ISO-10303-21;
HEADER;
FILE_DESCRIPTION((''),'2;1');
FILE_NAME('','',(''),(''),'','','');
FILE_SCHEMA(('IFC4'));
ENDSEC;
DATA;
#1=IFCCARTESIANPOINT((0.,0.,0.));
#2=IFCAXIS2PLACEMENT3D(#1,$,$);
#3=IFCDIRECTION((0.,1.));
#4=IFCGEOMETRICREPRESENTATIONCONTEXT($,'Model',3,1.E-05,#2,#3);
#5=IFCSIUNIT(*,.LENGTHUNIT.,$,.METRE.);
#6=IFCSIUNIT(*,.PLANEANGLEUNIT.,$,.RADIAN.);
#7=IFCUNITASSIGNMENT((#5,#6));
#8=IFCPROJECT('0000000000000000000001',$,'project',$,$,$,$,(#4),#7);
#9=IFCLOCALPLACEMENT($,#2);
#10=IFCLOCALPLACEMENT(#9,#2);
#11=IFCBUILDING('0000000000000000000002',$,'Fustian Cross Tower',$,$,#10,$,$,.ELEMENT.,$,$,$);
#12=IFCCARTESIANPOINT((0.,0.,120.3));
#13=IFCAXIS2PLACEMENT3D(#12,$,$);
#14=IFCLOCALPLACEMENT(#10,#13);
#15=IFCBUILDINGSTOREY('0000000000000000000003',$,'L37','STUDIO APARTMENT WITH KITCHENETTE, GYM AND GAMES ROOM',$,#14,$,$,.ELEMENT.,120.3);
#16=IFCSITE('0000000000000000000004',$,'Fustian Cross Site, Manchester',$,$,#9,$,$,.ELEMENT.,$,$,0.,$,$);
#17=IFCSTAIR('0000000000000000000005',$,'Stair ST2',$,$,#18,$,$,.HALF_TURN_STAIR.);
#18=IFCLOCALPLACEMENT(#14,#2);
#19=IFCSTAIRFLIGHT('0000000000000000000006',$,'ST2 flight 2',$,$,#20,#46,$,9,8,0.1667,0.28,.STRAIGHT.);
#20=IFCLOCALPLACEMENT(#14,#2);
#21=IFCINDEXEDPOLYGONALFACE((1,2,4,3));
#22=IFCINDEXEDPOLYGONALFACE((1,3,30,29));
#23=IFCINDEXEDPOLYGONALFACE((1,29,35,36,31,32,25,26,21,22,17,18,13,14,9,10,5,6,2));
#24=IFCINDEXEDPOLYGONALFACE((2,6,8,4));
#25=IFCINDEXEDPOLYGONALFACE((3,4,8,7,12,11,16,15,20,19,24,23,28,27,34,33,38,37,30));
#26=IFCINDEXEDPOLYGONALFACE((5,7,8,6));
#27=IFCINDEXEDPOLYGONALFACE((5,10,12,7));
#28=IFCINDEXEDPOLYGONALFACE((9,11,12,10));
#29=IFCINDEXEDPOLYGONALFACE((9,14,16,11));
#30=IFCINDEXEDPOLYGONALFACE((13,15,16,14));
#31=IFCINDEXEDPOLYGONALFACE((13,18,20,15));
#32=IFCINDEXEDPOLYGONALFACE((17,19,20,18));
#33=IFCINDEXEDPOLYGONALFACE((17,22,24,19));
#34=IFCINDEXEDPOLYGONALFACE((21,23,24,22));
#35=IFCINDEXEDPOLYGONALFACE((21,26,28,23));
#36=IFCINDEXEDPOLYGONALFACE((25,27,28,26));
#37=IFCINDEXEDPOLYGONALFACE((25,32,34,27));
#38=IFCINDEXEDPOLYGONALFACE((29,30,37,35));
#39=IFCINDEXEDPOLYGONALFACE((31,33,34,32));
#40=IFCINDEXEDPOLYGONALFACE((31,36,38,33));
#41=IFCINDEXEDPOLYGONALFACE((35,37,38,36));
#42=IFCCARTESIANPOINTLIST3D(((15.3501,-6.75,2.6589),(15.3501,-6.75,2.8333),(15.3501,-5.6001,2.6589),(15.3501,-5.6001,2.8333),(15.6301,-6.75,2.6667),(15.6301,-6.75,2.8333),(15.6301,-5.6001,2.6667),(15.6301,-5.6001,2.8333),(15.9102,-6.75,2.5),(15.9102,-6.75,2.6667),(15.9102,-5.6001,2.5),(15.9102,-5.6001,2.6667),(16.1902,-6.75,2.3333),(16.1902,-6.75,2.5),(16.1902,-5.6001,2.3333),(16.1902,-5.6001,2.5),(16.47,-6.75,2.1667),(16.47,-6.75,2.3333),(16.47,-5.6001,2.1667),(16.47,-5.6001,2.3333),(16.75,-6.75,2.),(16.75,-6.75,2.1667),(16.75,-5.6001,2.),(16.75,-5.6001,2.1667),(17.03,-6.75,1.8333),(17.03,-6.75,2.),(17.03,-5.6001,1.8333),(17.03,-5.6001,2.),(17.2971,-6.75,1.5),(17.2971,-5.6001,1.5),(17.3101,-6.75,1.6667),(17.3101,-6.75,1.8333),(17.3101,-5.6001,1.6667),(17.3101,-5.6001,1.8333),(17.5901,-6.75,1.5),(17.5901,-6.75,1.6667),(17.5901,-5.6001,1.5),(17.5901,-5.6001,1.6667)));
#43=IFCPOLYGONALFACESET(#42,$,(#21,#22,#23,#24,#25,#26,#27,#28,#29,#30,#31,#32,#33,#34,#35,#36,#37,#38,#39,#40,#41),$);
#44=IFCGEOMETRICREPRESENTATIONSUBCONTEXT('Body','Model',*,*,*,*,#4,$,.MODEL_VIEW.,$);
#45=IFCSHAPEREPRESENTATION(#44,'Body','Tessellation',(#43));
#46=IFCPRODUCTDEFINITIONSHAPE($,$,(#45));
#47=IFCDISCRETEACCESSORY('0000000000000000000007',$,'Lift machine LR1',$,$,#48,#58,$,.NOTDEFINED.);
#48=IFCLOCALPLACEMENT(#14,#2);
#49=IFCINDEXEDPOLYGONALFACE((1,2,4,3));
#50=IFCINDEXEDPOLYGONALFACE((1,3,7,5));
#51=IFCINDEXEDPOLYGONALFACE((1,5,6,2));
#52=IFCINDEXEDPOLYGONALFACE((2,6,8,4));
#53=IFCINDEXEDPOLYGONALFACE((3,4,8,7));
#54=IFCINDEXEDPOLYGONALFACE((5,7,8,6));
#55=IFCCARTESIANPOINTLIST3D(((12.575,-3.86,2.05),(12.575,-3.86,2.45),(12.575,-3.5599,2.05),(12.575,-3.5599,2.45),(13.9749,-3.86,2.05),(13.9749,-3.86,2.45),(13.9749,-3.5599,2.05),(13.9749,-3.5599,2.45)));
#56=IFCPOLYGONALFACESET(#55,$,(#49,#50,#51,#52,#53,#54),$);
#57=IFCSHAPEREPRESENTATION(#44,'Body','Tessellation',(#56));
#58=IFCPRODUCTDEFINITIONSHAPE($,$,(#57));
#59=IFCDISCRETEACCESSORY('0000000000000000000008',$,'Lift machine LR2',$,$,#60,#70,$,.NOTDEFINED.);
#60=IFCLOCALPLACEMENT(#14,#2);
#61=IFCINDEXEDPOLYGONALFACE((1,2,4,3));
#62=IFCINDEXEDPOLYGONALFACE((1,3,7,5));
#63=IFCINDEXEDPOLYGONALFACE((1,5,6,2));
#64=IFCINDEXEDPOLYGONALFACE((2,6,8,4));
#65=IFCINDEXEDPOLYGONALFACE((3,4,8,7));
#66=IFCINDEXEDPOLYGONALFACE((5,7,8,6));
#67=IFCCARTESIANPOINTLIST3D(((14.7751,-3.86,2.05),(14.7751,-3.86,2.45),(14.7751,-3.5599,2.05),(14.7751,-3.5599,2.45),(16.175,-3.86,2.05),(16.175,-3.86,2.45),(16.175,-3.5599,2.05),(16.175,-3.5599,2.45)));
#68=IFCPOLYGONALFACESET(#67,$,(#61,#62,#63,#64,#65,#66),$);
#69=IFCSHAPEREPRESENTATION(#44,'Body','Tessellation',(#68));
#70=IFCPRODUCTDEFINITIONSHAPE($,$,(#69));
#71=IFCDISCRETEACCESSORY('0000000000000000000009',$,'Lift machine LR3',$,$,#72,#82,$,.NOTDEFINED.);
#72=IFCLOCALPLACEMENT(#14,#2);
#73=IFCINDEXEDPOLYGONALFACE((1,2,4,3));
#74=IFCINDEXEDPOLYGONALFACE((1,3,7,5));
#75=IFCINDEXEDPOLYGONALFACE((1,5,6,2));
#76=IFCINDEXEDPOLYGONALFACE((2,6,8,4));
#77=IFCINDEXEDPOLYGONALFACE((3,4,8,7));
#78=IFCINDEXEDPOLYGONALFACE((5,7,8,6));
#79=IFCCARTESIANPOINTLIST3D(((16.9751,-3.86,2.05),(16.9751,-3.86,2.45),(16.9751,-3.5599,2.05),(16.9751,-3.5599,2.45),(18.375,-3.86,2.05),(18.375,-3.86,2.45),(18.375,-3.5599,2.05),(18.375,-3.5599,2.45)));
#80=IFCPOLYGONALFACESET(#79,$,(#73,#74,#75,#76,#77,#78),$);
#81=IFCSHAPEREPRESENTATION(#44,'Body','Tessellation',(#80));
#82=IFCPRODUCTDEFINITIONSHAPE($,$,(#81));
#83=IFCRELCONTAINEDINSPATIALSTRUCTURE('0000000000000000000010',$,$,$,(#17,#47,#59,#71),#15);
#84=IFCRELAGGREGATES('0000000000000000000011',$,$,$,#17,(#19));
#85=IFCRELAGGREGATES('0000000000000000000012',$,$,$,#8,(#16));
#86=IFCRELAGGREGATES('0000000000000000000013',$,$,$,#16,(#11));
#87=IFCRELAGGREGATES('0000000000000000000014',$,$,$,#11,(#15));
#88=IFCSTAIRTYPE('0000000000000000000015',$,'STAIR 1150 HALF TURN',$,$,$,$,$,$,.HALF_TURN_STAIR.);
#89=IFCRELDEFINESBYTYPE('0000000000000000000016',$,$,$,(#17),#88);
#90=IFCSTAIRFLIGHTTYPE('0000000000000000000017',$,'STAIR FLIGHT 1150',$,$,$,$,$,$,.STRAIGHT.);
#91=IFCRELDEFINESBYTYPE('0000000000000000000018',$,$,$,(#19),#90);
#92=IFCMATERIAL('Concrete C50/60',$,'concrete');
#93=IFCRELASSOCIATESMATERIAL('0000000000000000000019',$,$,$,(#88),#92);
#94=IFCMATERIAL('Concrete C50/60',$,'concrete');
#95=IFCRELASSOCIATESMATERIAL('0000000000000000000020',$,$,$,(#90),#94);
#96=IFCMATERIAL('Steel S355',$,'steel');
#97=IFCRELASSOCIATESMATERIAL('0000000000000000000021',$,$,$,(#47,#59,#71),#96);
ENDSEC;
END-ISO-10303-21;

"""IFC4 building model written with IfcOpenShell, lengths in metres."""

from ifc_helpers import new_model, si_unit, direction, frame, origin, origin_2d, place, context, subcontext, project, spatial, polyline, rectangle, outline, extrude, material, type_object, element, aggregate, save


model = new_model("IFC4")

# Units and contexts
model_context = context("Model", 3, precision=1e-05, world=origin(), true_north=direction((0.0, 1.0)))
body_context = subcontext(model_context, "Body", "Model", "MODEL_VIEW")
ifc_project = project(units=[si_unit("LENGTHUNIT", "METRE"), si_unit("PLANEANGLEUNIT", "RADIAN")], contexts=[model_context])

# Site, building, storey
site_placement = place(None, origin())
site = spatial("IfcSite", under=ifc_project, at=site_placement, Name="Fustian Cross Site, Manchester", CompositionType="ELEMENT", RefElevation=0.0)
building_placement = place(site_placement, origin())
building = spatial("IfcBuilding", under=site, at=building_placement, Name="Fustian Cross Tower", CompositionType="ELEMENT")
storey_placement = place(building_placement, frame((0.0, 0.0, 120.3)))
storey = spatial("IfcBuildingStorey", under=building, at=storey_placement, Name="L37", Description="STUDIO APARTMENT WITH KITCHENETTE, GYM AND GAMES ROOM", CompositionType="ELEMENT", Elevation=120.3)

# Stair, stair flight
ifc_material_1 = material(Name="Concrete C50/60", Category="concrete")
stair_type = type_object("IfcStairType", Name="STAIR 1150 HALF TURN", PredefinedType="HALF_TURN_STAIR", material=ifc_material_1)
ifc_material_2 = material(Name="Concrete C50/60", Category="concrete")
stair_flight_type = type_object("IfcStairFlightType", Name="STAIR FLIGHT 1150", PredefinedType="STRAIGHT", material=ifc_material_2)
stair_1_placement = place(storey_placement, origin())
stair_1 = element("IfcStair", 1, at=stair_1_placement, inside=storey, type_object=stair_type, Name="Stair ST2", PredefinedType="HALF_TURN_STAIR")
stair_flight_1_placement = place(storey_placement, frame((17.5901, -6.175, 1.5), z_axis=(0.0, 0.0, 1.0), x_axis=(-1.0, 0.0, 0.0)))
stair_flight_1 = element("IfcStairFlight", 2, at=stair_flight_1_placement, type_object=stair_flight_type, Name="ST2 flight 2", NumberOfRisers=9, NumberOfTreads=8, PredefinedType="STRAIGHT", RiserHeight=0.1667, TreadLength=0.28, context=body_context, shape_type="SweptSolid", body=[
    extrude(outline(polyline([(0.0, 0.0), (0.0, 0.1667), (0.28, 0.1667), (0.28, 0.3333), (0.5601, 0.3333), (0.5601, 0.5), (0.8401, 0.5), (0.8401, 0.6667), (1.1201, 0.6667), (1.1201, 0.8333), (1.3999, 0.8333), (1.3999, 1.0), (1.6799, 1.0), (1.6799, 1.1667), (1.96, 1.1667), (1.96, 1.3333), (2.24, 1.3333), (2.24, 1.5), (2.24, 1.1589), (0.293, 0.0), (0.0, 0.0)])), frame((0.0, 0.575, 0.0), z_axis=(0.0, -1.0, 0.0), x_axis=(1.0, 0.0, 0.0)), (0.0, 0.0, 1.0), 1.1499),
])
aggregate(stair_1, [stair_flight_1])

# Discrete accessories
ifc_material_3 = material(Name="Steel S355", Category="steel")
for number, where, z_axis, x_axis, name in (
    (3, (13.2749, -3.71, 2.05), (0.0, 0.0, 1.0), (1.0, 0.0, 0.0), "Lift machine LR1"),
    (4, (15.4751, -3.71, 2.05), (0.0, 0.0, 1.0), (1.0, 0.0, 0.0), "Lift machine LR2"),
    (5, (17.675, -3.71, 2.05), (0.0, 0.0, 1.0), (1.0, 0.0, 0.0), "Lift machine LR3"),
):
    element("IfcDiscreteAccessory", number, at=place(storey_placement, frame(where, z_axis=z_axis, x_axis=x_axis)), inside=storey, material=ifc_material_3, Name=name, PredefinedType="NOTDEFINED", context=body_context, shape_type="SweptSolid", body=[
        extrude(rectangle(XDim=1.3999, YDim=0.3, at=origin_2d()), origin(), (0.0, 0.0, 1.0), 0.3999),
    ])

save(model, "model.ifc")
